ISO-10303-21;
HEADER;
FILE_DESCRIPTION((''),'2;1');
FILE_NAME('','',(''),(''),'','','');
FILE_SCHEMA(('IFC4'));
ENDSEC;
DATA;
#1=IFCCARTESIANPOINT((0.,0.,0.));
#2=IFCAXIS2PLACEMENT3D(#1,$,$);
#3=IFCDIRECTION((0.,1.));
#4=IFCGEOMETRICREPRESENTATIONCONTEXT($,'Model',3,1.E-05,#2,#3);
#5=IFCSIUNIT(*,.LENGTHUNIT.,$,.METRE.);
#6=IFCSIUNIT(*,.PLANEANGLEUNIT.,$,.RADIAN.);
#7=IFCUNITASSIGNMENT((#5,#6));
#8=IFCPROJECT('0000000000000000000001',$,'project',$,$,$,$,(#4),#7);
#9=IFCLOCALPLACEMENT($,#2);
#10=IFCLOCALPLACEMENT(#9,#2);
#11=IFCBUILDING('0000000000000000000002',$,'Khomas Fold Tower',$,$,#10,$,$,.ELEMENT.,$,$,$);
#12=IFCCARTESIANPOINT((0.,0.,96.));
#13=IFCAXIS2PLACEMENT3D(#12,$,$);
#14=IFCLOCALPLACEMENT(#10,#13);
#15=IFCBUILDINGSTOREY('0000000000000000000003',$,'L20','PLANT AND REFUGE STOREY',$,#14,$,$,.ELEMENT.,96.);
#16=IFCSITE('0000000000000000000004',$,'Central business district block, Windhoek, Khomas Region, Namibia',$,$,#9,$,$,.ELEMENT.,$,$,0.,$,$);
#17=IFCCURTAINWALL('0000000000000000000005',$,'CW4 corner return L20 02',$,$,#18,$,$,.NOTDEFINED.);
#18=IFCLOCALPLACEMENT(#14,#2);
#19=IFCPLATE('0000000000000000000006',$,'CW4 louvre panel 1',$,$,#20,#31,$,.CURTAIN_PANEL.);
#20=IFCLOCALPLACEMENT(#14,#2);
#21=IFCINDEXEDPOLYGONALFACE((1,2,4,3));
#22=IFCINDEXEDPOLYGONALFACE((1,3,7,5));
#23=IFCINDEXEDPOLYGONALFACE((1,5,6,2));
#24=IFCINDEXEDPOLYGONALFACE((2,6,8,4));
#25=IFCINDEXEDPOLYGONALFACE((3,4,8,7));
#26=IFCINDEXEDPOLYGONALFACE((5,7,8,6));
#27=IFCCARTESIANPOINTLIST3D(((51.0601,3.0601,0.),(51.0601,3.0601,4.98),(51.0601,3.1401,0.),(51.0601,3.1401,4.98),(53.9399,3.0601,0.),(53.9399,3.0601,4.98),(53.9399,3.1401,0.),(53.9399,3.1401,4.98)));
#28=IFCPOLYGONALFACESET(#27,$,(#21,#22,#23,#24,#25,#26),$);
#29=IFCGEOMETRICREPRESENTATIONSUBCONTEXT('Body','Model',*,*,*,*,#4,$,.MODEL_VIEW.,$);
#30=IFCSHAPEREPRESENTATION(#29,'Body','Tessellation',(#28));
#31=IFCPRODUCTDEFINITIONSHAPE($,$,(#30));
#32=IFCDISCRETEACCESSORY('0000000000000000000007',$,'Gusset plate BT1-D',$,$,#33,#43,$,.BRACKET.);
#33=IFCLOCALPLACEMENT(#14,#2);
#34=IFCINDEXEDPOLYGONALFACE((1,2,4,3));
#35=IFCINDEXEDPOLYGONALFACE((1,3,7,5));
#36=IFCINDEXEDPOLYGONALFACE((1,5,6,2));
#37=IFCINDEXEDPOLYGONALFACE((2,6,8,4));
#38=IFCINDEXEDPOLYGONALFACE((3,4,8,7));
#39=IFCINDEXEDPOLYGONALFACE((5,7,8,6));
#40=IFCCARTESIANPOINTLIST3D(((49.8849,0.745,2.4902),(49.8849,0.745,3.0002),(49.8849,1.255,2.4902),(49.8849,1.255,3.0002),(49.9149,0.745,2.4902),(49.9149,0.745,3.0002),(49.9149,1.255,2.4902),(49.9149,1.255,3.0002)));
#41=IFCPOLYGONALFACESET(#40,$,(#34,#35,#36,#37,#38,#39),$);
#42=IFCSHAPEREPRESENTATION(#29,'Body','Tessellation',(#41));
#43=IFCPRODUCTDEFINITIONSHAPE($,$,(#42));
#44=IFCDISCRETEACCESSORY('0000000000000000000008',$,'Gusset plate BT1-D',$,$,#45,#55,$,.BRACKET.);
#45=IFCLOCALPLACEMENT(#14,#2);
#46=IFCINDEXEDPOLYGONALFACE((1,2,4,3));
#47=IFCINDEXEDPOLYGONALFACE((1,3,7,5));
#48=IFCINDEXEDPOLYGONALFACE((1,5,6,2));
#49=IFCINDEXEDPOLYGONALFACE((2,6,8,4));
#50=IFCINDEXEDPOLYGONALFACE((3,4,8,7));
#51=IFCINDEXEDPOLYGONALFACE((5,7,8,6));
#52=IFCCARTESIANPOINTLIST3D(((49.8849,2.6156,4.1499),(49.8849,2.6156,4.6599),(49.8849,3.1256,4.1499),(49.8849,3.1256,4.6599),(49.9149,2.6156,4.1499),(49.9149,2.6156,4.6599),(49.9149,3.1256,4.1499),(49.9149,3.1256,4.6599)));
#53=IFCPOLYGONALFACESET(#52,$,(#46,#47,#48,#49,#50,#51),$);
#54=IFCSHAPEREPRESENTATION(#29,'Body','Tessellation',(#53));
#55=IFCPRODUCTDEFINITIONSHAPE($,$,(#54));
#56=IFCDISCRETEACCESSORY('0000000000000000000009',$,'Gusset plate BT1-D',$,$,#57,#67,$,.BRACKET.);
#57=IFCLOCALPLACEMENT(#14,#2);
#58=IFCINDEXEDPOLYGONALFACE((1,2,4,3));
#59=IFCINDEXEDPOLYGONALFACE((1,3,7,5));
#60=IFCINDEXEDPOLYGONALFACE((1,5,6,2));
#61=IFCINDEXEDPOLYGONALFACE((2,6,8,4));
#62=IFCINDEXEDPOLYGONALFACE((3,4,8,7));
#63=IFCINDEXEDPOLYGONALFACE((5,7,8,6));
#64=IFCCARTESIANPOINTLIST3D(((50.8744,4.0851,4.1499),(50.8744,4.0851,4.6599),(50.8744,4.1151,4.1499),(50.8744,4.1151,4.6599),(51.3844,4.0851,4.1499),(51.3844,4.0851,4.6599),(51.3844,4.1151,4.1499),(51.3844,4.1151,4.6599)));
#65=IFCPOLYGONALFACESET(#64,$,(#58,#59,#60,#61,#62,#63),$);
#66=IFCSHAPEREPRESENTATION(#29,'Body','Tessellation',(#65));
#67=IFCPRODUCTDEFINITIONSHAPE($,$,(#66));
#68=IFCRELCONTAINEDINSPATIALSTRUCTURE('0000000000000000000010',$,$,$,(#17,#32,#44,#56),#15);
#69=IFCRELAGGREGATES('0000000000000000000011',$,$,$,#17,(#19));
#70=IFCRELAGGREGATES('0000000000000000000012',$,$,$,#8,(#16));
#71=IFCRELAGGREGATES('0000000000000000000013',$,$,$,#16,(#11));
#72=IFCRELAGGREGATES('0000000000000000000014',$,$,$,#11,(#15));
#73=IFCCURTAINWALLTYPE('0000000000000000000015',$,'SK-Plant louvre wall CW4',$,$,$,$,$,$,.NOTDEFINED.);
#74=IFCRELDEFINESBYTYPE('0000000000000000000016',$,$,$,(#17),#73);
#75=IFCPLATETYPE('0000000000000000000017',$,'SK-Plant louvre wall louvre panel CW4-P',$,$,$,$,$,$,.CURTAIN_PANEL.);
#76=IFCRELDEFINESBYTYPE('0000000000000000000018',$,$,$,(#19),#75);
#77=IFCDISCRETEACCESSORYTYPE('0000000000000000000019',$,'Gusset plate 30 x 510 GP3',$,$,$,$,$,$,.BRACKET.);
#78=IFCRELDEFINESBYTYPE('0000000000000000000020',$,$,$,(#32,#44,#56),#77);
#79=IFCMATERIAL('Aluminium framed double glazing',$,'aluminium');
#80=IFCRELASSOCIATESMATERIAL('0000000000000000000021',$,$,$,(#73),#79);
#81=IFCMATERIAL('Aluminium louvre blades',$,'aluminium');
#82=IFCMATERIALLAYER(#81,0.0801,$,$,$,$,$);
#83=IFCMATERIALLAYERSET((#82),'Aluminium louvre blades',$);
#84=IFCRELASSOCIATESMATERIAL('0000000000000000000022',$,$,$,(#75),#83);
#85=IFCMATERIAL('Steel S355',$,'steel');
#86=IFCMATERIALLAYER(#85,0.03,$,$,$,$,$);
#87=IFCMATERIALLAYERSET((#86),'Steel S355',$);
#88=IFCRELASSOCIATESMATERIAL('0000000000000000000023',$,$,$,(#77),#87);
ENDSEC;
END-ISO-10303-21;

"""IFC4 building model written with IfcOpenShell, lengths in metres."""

from ifc_helpers import new_model, si_unit, direction, frame, origin, origin_2d, place, context, subcontext, project, spatial, rectangle, extrude, source, transform, mapped, material, layer, layer_set, type_object, element, aggregate, save


model = new_model("IFC4")

# Units and contexts
model_context = context("Model", 3, precision=1e-05, world=origin(), true_north=direction((0.0, 1.0)))
body_context = subcontext(model_context, "Body", "Model", "MODEL_VIEW")
ifc_project = project(units=[si_unit("LENGTHUNIT", "METRE"), si_unit("PLANEANGLEUNIT", "RADIAN")], contexts=[model_context])

# Site, building, storey
site_placement = place(None, origin())
site = spatial("IfcSite", under=ifc_project, at=site_placement, Name="Central business district block, Windhoek, Khomas Region, Namibia", CompositionType="ELEMENT", RefElevation=0.0)
building_placement = place(site_placement, origin())
building = spatial("IfcBuilding", under=site, at=building_placement, Name="Khomas Fold Tower", CompositionType="ELEMENT")
storey_placement = place(building_placement, frame((0.0, 0.0, 96.0)))
storey = spatial("IfcBuildingStorey", under=building, at=storey_placement, Name="L20", Description="PLANT AND REFUGE STOREY", CompositionType="ELEMENT", Elevation=96.0)

# Shared definitions
ifc_material_1 = material(Name="Aluminium framed double glazing", Category="aluminium")
curtain_wall_type = type_object("IfcCurtainWallType", Name="SK-Plant louvre wall CW4", PredefinedType="NOTDEFINED", material=ifc_material_1)

# Curtain wall
curtain_wall_1_placement = place(storey_placement, origin())
curtain_wall_1 = element("IfcCurtainWall", 1, at=curtain_wall_1_placement, inside=storey, type_object=curtain_wall_type, Name="CW4 corner return L20 02", PredefinedType="NOTDEFINED")

# Plate
ifc_material_2 = material(Name="Aluminium louvre blades", Category="aluminium")
ifc_layer_1 = layer(ifc_material_2, 0.0801)
ifc_layer_set_1 = layer_set([ifc_layer_1], Name="Aluminium louvre blades")
plate_type = type_object("IfcPlateType", Name="SK-Plant louvre wall louvre panel CW4-P", PredefinedType="CURTAIN_PANEL", material=ifc_layer_set_1)
shared_shape_1 = source(origin(), body_context, "Body", "SweptSolid", [
    extrude(rectangle(XDim=2.8799, YDim=0.0801, at=origin_2d()), origin(), (0.0, 0.0, 1.0), 4.98),
])
plate_1_placement = place(storey_placement, frame((52.5, 3.1001, 0.0), z_axis=(0.0, 0.0, 1.0), x_axis=(1.0, 0.0, 0.0)))
plate_1 = element("IfcPlate", 2, at=plate_1_placement, type_object=plate_type, Name="CW4 louvre panel 1", PredefinedType="CURTAIN_PANEL", context=body_context, shape_type="MappedRepresentation", body=[
    mapped(shared_shape_1, transform((0.0, 0.0, 0.0))),
])
aggregate(curtain_wall_1, [plate_1])

# Discrete accessories
ifc_material_3 = material(Name="Steel S355", Category="steel")
ifc_layer_2 = layer(ifc_material_3, 0.03)
ifc_layer_set_2 = layer_set([ifc_layer_2], Name="Steel S355")
discrete_accessory_type = type_object("IfcDiscreteAccessoryType", Name="Gusset plate 30 x 510 GP3", PredefinedType="BRACKET", material=ifc_layer_set_2)
shared_shape_2 = source(origin(), body_context, "Body", "SweptSolid", [
    extrude(rectangle(XDim=0.51, YDim=0.03, at=origin_2d()), origin(), (0.0, 0.0, 1.0), 0.51),
])
for number, where, z_axis, x_axis, name in (
    (3, (49.8999, 1.0, 2.4902), (0.0, 0.0, 1.0), (0.0, 1.0, 0.0), "Gusset plate BT1-D"),
    (4, (49.8999, 2.8706, 4.1499), (0.0, 0.0, 1.0), (0.0, 1.0, 0.0), "Gusset plate BT1-D"),
    (5, (51.1294, 4.1001, 4.1499), (0.0, 0.0, 1.0), (1.0, 0.0, 0.0), "Gusset plate BT1-D"),
):
    element("IfcDiscreteAccessory", number, at=place(storey_placement, frame(where, z_axis=z_axis, x_axis=x_axis)), inside=storey, type_object=discrete_accessory_type, Name=name, PredefinedType="BRACKET", context=body_context, shape_type="MappedRepresentation", body=[
        mapped(shared_shape_2, transform((0.0, 0.0, 0.0))),
    ])

save(model, "model.ifc")
